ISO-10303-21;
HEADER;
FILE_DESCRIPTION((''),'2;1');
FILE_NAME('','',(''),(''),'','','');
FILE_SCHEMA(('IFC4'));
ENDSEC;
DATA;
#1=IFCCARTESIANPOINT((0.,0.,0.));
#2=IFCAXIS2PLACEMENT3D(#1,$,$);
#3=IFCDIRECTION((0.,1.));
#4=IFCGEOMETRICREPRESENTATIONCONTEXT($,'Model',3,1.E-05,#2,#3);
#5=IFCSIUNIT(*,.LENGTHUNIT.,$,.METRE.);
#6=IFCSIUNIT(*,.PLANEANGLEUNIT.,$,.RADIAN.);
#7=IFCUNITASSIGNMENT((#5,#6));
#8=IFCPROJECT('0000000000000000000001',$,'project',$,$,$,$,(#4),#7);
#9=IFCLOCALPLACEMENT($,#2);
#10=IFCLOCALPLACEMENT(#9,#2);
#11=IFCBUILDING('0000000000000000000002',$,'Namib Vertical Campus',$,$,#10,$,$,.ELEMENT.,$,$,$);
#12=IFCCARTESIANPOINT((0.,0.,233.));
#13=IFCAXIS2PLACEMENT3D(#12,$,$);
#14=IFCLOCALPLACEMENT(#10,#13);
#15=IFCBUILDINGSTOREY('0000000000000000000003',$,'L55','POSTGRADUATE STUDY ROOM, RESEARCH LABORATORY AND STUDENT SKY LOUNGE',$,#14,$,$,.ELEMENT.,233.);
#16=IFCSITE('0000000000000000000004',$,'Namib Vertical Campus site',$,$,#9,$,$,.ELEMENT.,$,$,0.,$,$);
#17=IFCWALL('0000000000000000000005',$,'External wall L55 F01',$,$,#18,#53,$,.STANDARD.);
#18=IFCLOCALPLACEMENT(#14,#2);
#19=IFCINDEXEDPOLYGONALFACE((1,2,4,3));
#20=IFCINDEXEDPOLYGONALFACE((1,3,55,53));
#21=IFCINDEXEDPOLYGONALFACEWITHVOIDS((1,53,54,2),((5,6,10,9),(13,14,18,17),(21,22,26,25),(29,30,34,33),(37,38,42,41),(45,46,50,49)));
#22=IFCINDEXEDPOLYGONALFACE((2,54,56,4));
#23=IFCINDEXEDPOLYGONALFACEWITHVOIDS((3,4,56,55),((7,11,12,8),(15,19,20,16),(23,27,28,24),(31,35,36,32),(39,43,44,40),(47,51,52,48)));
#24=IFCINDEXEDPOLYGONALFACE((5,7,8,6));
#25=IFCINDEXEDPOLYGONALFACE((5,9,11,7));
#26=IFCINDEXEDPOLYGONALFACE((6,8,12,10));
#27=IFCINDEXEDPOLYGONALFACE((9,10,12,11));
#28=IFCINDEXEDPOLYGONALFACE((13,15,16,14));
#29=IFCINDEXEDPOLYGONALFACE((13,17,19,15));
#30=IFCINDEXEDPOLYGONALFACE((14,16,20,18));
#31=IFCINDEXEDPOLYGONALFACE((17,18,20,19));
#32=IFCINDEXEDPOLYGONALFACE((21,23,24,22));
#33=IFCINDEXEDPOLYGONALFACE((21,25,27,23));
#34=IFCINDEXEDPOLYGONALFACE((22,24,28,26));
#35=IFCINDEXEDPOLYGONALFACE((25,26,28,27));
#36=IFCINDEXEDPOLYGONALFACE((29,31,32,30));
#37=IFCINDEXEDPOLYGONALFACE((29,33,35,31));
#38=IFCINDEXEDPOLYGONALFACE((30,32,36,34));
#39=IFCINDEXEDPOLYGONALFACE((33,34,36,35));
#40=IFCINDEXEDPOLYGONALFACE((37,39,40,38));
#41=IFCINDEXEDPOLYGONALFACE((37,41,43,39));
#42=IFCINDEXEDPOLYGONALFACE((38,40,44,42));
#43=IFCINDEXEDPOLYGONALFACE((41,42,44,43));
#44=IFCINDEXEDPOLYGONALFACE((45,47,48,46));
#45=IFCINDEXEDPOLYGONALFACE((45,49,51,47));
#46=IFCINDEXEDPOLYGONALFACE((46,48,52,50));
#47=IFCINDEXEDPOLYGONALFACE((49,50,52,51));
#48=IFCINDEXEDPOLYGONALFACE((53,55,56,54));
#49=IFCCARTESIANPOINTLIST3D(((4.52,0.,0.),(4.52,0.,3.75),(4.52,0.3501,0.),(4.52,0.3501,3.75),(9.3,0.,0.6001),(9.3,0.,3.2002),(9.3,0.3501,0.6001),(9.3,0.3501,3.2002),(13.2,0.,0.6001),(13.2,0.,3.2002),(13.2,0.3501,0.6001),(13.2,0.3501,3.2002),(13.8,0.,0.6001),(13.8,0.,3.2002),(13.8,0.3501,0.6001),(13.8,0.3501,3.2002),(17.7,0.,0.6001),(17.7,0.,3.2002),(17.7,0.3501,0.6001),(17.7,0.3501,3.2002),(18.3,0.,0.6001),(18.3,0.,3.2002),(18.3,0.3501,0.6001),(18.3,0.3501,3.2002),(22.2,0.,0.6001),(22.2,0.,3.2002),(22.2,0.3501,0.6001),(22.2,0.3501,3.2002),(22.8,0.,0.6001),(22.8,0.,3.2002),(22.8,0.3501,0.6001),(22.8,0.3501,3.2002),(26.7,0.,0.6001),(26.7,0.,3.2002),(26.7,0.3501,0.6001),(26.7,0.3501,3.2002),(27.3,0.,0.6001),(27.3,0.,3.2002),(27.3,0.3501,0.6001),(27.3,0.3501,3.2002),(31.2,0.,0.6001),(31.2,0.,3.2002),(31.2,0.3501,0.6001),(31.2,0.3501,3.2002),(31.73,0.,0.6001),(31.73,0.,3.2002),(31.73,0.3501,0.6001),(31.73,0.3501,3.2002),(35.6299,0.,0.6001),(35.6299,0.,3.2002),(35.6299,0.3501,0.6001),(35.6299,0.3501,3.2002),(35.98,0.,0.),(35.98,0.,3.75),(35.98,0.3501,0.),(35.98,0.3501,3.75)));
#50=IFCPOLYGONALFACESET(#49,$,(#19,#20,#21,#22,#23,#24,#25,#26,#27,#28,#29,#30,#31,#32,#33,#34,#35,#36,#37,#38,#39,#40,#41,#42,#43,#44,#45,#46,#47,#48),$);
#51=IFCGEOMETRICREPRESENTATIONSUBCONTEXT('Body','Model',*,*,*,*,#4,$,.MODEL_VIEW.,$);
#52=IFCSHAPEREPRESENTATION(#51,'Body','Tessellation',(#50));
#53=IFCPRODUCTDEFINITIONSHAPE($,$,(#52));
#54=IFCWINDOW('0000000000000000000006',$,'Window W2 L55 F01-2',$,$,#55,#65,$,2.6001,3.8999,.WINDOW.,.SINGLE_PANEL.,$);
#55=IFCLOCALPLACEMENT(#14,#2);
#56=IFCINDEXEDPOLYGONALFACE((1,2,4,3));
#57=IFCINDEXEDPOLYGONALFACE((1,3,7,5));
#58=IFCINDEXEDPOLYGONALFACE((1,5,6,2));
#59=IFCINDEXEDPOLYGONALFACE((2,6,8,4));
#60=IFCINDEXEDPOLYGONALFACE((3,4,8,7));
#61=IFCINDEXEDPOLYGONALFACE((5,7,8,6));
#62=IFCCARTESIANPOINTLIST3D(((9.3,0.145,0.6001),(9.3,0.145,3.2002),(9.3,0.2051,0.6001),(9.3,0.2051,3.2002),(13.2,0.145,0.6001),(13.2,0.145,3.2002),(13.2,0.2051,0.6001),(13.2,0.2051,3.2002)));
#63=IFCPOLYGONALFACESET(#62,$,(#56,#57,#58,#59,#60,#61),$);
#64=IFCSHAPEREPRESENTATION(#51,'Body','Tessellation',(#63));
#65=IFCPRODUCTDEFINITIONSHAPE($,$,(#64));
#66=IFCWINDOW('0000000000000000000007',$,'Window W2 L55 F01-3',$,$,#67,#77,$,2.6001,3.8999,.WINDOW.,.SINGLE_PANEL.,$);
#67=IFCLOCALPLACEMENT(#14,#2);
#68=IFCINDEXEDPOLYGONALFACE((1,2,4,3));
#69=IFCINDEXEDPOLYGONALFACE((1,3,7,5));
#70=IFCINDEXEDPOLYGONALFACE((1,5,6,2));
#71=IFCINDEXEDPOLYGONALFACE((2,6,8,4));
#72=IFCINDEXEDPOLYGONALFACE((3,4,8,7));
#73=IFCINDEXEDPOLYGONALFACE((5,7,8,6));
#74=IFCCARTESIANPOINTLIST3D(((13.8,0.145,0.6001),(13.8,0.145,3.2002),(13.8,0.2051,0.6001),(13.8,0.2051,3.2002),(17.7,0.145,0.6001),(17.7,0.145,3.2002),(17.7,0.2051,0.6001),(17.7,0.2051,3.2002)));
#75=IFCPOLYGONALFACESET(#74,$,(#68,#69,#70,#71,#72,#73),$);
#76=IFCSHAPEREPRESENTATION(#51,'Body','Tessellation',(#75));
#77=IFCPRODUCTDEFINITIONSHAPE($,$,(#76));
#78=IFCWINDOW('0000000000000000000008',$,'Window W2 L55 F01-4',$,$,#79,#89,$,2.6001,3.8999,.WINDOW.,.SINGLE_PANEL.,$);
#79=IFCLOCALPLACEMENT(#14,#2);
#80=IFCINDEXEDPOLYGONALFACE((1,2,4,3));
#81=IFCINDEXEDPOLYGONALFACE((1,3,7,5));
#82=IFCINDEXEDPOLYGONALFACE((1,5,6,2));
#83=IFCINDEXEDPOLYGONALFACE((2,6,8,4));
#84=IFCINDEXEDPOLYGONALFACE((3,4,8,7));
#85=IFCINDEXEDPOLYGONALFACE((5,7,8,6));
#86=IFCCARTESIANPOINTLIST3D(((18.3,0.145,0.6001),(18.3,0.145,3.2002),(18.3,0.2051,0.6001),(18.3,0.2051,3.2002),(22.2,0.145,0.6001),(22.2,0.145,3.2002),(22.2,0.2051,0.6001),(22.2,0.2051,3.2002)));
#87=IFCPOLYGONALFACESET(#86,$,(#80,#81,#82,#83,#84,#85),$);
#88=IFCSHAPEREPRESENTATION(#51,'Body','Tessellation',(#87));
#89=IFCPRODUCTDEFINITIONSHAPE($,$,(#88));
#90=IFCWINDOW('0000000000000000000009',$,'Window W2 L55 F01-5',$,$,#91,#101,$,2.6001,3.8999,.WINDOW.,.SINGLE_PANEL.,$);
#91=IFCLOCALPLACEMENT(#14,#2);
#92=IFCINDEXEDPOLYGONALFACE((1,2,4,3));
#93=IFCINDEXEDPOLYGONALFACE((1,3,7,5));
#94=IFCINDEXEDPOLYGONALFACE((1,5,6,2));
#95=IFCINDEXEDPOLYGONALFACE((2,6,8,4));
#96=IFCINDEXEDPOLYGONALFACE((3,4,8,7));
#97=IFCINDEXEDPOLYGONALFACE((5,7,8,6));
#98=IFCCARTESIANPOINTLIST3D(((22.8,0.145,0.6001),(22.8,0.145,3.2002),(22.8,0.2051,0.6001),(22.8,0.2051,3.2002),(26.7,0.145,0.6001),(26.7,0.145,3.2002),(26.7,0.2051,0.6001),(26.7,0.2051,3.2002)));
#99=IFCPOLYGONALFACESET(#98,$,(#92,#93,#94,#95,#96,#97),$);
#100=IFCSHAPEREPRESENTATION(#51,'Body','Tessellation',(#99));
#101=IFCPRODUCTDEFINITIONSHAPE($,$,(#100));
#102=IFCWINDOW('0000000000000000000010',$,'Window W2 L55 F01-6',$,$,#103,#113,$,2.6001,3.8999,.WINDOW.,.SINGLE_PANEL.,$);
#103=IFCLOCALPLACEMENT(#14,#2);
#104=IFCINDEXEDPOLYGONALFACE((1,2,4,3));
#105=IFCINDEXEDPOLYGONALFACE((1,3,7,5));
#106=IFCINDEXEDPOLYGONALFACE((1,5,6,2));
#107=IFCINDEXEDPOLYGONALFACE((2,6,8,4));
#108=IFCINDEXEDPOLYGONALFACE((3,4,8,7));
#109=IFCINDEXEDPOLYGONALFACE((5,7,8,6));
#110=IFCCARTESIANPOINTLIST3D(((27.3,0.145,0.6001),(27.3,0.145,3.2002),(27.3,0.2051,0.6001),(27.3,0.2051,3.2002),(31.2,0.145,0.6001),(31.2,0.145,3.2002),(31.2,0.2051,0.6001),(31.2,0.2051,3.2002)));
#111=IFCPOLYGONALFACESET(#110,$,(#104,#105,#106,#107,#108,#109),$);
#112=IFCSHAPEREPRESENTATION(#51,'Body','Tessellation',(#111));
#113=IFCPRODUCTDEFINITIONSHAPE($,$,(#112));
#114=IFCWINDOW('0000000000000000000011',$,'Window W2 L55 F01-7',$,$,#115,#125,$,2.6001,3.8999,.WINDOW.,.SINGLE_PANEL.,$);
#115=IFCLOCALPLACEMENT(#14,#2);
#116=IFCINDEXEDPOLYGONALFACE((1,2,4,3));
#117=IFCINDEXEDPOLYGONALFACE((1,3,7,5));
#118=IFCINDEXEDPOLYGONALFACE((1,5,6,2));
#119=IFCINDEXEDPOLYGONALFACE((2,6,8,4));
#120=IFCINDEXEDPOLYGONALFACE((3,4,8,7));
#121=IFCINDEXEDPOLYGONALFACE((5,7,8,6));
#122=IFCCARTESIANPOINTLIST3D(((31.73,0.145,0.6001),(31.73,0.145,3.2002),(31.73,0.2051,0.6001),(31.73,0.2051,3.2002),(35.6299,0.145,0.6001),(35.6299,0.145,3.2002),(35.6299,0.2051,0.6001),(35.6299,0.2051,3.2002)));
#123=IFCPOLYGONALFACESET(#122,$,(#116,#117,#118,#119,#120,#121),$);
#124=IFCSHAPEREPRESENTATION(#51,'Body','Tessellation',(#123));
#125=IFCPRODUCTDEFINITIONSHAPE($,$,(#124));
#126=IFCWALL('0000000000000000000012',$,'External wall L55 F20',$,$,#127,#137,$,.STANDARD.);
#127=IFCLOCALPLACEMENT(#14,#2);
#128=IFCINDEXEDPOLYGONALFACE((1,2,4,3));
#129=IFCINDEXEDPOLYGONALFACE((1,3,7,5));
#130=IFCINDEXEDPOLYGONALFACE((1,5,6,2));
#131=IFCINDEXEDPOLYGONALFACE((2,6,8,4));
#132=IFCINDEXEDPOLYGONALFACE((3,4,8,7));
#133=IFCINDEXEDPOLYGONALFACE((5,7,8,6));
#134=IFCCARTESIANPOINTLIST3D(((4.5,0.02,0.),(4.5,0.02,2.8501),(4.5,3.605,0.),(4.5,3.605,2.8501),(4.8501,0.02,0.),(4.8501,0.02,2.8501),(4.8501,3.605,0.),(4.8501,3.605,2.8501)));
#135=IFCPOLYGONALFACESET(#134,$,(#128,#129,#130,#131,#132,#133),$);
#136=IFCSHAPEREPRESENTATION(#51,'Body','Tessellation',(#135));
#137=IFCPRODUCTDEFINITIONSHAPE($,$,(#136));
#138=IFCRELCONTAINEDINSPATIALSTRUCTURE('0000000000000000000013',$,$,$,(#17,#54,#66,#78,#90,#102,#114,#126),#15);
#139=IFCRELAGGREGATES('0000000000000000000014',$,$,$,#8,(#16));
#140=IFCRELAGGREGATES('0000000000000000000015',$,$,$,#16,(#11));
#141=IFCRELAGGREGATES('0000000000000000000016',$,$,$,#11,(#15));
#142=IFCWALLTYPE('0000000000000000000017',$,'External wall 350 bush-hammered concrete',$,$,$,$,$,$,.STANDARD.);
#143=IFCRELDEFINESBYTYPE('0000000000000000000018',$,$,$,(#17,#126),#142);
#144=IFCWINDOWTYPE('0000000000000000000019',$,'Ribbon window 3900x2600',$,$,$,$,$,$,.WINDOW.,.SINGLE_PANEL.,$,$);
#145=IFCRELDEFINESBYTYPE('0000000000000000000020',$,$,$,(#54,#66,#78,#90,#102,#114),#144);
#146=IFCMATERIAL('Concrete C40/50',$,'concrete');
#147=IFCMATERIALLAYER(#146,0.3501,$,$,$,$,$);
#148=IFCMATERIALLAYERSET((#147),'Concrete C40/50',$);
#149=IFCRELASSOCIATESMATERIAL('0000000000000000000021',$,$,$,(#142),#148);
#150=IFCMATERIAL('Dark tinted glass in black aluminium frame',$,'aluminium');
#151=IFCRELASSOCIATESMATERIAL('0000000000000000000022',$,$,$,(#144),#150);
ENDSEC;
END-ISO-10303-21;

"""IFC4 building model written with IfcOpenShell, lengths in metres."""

from ifc_helpers import new_model, si_unit, direction, frame, frame_2d, origin, place, context, subcontext, project, spatial, rectangle, extrude, material, layer, layer_set, type_object, element, fill, save


model = new_model("IFC4")

# Units and contexts
model_context = context("Model", 3, precision=1e-05, world=origin(), true_north=direction((0.0, 1.0)))
body_context = subcontext(model_context, "Body", "Model", "MODEL_VIEW")
ifc_project = project(units=[si_unit("LENGTHUNIT", "METRE"), si_unit("PLANEANGLEUNIT", "RADIAN")], contexts=[model_context])

# Site, building, storey
site_placement = place(None, origin())
site = spatial("IfcSite", under=ifc_project, at=site_placement, Name="Namib Vertical Campus site", CompositionType="ELEMENT", RefElevation=0.0)
building_placement = place(site_placement, origin())
building = spatial("IfcBuilding", under=site, at=building_placement, Name="Namib Vertical Campus", CompositionType="ELEMENT")
storey_placement = place(building_placement, frame((0.0, 0.0, 233.0)))
storey = spatial("IfcBuildingStorey", under=building, at=storey_placement, Name="L55", Description="POSTGRADUATE STUDY ROOM, RESEARCH LABORATORY AND STUDENT SKY LOUNGE", CompositionType="ELEMENT", Elevation=233.0)

# Wall, openings, windows
ifc_material_1 = material(Name="Concrete C40/50", Category="concrete")
ifc_layer_1 = layer(ifc_material_1, 0.3501)
ifc_layer_set_1 = layer_set([ifc_layer_1], Name="Concrete C40/50")
wall_type_1 = type_object("IfcWallType", Name="External wall 350 bush-hammered concrete", PredefinedType="STANDARD", material=ifc_layer_set_1)
wall_1_placement = place(storey_placement, frame((4.52, 0.175, 0.0), z_axis=(0.0, 0.0, 1.0), x_axis=(1.0, 0.0, 0.0)))
wall_1 = element("IfcWall", 1, at=wall_1_placement, inside=storey, type_object=wall_type_1, Name="External wall L55 F01", PredefinedType="STANDARD", context=body_context, shape_type="SweptSolid", body=[
    extrude(rectangle(XDim=31.46, YDim=0.3501, at=frame_2d((15.73, 0.0))), origin(), (0.0, 0.0, 1.0), 3.75),
])
opening_1_placement = place(wall_1_placement, frame((4.78, 0.0, 0.6001)))
opening_1 = element("IfcOpeningElement", 2, at=opening_1_placement, cuts=wall_1, PredefinedType="OPENING", context=body_context, shape_type="SweptSolid", body=[
    extrude(rectangle(XDim=3.8999, YDim=2.6001, at=frame_2d((1.95, 1.3))), frame((0.0, 0.1851, 0.0), z_axis=(0.0, -1.0, 0.0), x_axis=(1.0, 0.0, 0.0)), (0.0, 0.0, 1.0), 0.3701),
])
opening_2_placement = place(wall_1_placement, frame((9.28, 0.0, 0.6001)))
opening_2 = element("IfcOpeningElement", 3, at=opening_2_placement, cuts=wall_1, PredefinedType="OPENING", context=body_context, shape_type="SweptSolid", body=[
    extrude(rectangle(XDim=3.8999, YDim=2.6001, at=frame_2d((1.95, 1.3))), frame((0.0, 0.1851, 0.0), z_axis=(0.0, -1.0, 0.0), x_axis=(1.0, 0.0, 0.0)), (0.0, 0.0, 1.0), 0.3701),
])
opening_3_placement = place(wall_1_placement, frame((13.78, 0.0, 0.6001)))
opening_3 = element("IfcOpeningElement", 4, at=opening_3_placement, cuts=wall_1, PredefinedType="OPENING", context=body_context, shape_type="SweptSolid", body=[
    extrude(rectangle(XDim=3.8999, YDim=2.6001, at=frame_2d((1.95, 1.3))), frame((0.0, 0.1851, 0.0), z_axis=(0.0, -1.0, 0.0), x_axis=(1.0, 0.0, 0.0)), (0.0, 0.0, 1.0), 0.3701),
])
opening_4_placement = place(wall_1_placement, frame((18.28, 0.0, 0.6001)))
opening_4 = element("IfcOpeningElement", 5, at=opening_4_placement, cuts=wall_1, PredefinedType="OPENING", context=body_context, shape_type="SweptSolid", body=[
    extrude(rectangle(XDim=3.8999, YDim=2.6001, at=frame_2d((1.95, 1.3))), frame((0.0, 0.1851, 0.0), z_axis=(0.0, -1.0, 0.0), x_axis=(1.0, 0.0, 0.0)), (0.0, 0.0, 1.0), 0.3701),
])
opening_5_placement = place(wall_1_placement, frame((22.78, 0.0, 0.6001)))
opening_5 = element("IfcOpeningElement", 6, at=opening_5_placement, cuts=wall_1, PredefinedType="OPENING", context=body_context, shape_type="SweptSolid", body=[
    extrude(rectangle(XDim=3.8999, YDim=2.6001, at=frame_2d((1.95, 1.3))), frame((0.0, 0.1851, 0.0), z_axis=(0.0, -1.0, 0.0), x_axis=(1.0, 0.0, 0.0)), (0.0, 0.0, 1.0), 0.3701),
])
opening_6_placement = place(wall_1_placement, frame((27.21, 0.0, 0.6001)))
opening_6 = element("IfcOpeningElement", 7, at=opening_6_placement, cuts=wall_1, PredefinedType="OPENING", context=body_context, shape_type="SweptSolid", body=[
    extrude(rectangle(XDim=3.8999, YDim=2.6001, at=frame_2d((1.95, 1.3))), frame((0.0, 0.1851, 0.0), z_axis=(0.0, -1.0, 0.0), x_axis=(1.0, 0.0, 0.0)), (0.0, 0.0, 1.0), 0.3701),
])
ifc_material_2 = material(Name="Dark tinted glass in black aluminium frame", Category="aluminium")
window_type = type_object("IfcWindowType", Name="Ribbon window 3900x2600", PartitioningType="SINGLE_PANEL", PredefinedType="WINDOW", material=ifc_material_2)
window_1_placement = place(opening_1_placement, origin())
window_1 = element("IfcWindow", 8, at=window_1_placement, inside=storey, type_object=window_type, Name="Window W2 L55 F01-2", OverallHeight=2.6001, OverallWidth=3.8999, PartitioningType="SINGLE_PANEL", PredefinedType="WINDOW", context=body_context, shape_type="SweptSolid", body=[
    extrude(rectangle(XDim=3.8999, YDim=2.6001, at=frame_2d((1.95, 1.3))), frame((0.0, 0.03, 0.0), z_axis=(0.0, -1.0, 0.0), x_axis=(1.0, 0.0, 0.0)), (0.0, 0.0, 1.0), 0.0601),
])
fill(opening_1, window_1)
window_2_placement = place(opening_2_placement, origin())
window_2 = element("IfcWindow", 9, at=window_2_placement, inside=storey, type_object=window_type, Name="Window W2 L55 F01-3", OverallHeight=2.6001, OverallWidth=3.8999, PartitioningType="SINGLE_PANEL", PredefinedType="WINDOW", context=body_context, shape_type="SweptSolid", body=[
    extrude(rectangle(XDim=3.8999, YDim=2.6001, at=frame_2d((1.95, 1.3))), frame((0.0, 0.03, 0.0), z_axis=(0.0, -1.0, 0.0), x_axis=(1.0, 0.0, 0.0)), (0.0, 0.0, 1.0), 0.0601),
])
fill(opening_2, window_2)
window_3_placement = place(opening_3_placement, origin())
window_3 = element("IfcWindow", 10, at=window_3_placement, inside=storey, type_object=window_type, Name="Window W2 L55 F01-4", OverallHeight=2.6001, OverallWidth=3.8999, PartitioningType="SINGLE_PANEL", PredefinedType="WINDOW", context=body_context, shape_type="SweptSolid", body=[
    extrude(rectangle(XDim=3.8999, YDim=2.6001, at=frame_2d((1.95, 1.3))), frame((0.0, 0.03, 0.0), z_axis=(0.0, -1.0, 0.0), x_axis=(1.0, 0.0, 0.0)), (0.0, 0.0, 1.0), 0.0601),
])
fill(opening_3, window_3)
window_4_placement = place(opening_4_placement, origin())
window_4 = element("IfcWindow", 11, at=window_4_placement, inside=storey, type_object=window_type, Name="Window W2 L55 F01-5", OverallHeight=2.6001, OverallWidth=3.8999, PartitioningType="SINGLE_PANEL", PredefinedType="WINDOW", context=body_context, shape_type="SweptSolid", body=[
    extrude(rectangle(XDim=3.8999, YDim=2.6001, at=frame_2d((1.95, 1.3))), frame((0.0, 0.03, 0.0), z_axis=(0.0, -1.0, 0.0), x_axis=(1.0, 0.0, 0.0)), (0.0, 0.0, 1.0), 0.0601),
])
fill(opening_4, window_4)
window_5_placement = place(opening_5_placement, origin())
window_5 = element("IfcWindow", 12, at=window_5_placement, inside=storey, type_object=window_type, Name="Window W2 L55 F01-6", OverallHeight=2.6001, OverallWidth=3.8999, PartitioningType="SINGLE_PANEL", PredefinedType="WINDOW", context=body_context, shape_type="SweptSolid", body=[
    extrude(rectangle(XDim=3.8999, YDim=2.6001, at=frame_2d((1.95, 1.3))), frame((0.0, 0.03, 0.0), z_axis=(0.0, -1.0, 0.0), x_axis=(1.0, 0.0, 0.0)), (0.0, 0.0, 1.0), 0.0601),
])
fill(opening_5, window_5)
window_6_placement = place(opening_6_placement, origin())
window_6 = element("IfcWindow", 13, at=window_6_placement, inside=storey, type_object=window_type, Name="Window W2 L55 F01-7", OverallHeight=2.6001, OverallWidth=3.8999, PartitioningType="SINGLE_PANEL", PredefinedType="WINDOW", context=body_context, shape_type="SweptSolid", body=[
    extrude(rectangle(XDim=3.8999, YDim=2.6001, at=frame_2d((1.95, 1.3))), frame((0.0, 0.03, 0.0), z_axis=(0.0, -1.0, 0.0), x_axis=(1.0, 0.0, 0.0)), (0.0, 0.0, 1.0), 0.0601),
])
fill(opening_6, window_6)

# Wall
wall_2_placement = place(storey_placement, frame((4.675, 3.605, 0.0), z_axis=(0.0, 0.0, 1.0), x_axis=(0.0, -1.0, 0.0)))
element("IfcWall", 14, at=wall_2_placement, inside=storey, type_object=wall_type_1, Name="External wall L55 F20", PredefinedType="STANDARD", context=body_context, shape_type="SweptSolid", body=[
    extrude(rectangle(XDim=3.585, YDim=0.3501, at=frame_2d((1.7925, 0.0))), origin(), (0.0, 0.0, 1.0), 2.8501),
])

save(model, "model.ifc")
